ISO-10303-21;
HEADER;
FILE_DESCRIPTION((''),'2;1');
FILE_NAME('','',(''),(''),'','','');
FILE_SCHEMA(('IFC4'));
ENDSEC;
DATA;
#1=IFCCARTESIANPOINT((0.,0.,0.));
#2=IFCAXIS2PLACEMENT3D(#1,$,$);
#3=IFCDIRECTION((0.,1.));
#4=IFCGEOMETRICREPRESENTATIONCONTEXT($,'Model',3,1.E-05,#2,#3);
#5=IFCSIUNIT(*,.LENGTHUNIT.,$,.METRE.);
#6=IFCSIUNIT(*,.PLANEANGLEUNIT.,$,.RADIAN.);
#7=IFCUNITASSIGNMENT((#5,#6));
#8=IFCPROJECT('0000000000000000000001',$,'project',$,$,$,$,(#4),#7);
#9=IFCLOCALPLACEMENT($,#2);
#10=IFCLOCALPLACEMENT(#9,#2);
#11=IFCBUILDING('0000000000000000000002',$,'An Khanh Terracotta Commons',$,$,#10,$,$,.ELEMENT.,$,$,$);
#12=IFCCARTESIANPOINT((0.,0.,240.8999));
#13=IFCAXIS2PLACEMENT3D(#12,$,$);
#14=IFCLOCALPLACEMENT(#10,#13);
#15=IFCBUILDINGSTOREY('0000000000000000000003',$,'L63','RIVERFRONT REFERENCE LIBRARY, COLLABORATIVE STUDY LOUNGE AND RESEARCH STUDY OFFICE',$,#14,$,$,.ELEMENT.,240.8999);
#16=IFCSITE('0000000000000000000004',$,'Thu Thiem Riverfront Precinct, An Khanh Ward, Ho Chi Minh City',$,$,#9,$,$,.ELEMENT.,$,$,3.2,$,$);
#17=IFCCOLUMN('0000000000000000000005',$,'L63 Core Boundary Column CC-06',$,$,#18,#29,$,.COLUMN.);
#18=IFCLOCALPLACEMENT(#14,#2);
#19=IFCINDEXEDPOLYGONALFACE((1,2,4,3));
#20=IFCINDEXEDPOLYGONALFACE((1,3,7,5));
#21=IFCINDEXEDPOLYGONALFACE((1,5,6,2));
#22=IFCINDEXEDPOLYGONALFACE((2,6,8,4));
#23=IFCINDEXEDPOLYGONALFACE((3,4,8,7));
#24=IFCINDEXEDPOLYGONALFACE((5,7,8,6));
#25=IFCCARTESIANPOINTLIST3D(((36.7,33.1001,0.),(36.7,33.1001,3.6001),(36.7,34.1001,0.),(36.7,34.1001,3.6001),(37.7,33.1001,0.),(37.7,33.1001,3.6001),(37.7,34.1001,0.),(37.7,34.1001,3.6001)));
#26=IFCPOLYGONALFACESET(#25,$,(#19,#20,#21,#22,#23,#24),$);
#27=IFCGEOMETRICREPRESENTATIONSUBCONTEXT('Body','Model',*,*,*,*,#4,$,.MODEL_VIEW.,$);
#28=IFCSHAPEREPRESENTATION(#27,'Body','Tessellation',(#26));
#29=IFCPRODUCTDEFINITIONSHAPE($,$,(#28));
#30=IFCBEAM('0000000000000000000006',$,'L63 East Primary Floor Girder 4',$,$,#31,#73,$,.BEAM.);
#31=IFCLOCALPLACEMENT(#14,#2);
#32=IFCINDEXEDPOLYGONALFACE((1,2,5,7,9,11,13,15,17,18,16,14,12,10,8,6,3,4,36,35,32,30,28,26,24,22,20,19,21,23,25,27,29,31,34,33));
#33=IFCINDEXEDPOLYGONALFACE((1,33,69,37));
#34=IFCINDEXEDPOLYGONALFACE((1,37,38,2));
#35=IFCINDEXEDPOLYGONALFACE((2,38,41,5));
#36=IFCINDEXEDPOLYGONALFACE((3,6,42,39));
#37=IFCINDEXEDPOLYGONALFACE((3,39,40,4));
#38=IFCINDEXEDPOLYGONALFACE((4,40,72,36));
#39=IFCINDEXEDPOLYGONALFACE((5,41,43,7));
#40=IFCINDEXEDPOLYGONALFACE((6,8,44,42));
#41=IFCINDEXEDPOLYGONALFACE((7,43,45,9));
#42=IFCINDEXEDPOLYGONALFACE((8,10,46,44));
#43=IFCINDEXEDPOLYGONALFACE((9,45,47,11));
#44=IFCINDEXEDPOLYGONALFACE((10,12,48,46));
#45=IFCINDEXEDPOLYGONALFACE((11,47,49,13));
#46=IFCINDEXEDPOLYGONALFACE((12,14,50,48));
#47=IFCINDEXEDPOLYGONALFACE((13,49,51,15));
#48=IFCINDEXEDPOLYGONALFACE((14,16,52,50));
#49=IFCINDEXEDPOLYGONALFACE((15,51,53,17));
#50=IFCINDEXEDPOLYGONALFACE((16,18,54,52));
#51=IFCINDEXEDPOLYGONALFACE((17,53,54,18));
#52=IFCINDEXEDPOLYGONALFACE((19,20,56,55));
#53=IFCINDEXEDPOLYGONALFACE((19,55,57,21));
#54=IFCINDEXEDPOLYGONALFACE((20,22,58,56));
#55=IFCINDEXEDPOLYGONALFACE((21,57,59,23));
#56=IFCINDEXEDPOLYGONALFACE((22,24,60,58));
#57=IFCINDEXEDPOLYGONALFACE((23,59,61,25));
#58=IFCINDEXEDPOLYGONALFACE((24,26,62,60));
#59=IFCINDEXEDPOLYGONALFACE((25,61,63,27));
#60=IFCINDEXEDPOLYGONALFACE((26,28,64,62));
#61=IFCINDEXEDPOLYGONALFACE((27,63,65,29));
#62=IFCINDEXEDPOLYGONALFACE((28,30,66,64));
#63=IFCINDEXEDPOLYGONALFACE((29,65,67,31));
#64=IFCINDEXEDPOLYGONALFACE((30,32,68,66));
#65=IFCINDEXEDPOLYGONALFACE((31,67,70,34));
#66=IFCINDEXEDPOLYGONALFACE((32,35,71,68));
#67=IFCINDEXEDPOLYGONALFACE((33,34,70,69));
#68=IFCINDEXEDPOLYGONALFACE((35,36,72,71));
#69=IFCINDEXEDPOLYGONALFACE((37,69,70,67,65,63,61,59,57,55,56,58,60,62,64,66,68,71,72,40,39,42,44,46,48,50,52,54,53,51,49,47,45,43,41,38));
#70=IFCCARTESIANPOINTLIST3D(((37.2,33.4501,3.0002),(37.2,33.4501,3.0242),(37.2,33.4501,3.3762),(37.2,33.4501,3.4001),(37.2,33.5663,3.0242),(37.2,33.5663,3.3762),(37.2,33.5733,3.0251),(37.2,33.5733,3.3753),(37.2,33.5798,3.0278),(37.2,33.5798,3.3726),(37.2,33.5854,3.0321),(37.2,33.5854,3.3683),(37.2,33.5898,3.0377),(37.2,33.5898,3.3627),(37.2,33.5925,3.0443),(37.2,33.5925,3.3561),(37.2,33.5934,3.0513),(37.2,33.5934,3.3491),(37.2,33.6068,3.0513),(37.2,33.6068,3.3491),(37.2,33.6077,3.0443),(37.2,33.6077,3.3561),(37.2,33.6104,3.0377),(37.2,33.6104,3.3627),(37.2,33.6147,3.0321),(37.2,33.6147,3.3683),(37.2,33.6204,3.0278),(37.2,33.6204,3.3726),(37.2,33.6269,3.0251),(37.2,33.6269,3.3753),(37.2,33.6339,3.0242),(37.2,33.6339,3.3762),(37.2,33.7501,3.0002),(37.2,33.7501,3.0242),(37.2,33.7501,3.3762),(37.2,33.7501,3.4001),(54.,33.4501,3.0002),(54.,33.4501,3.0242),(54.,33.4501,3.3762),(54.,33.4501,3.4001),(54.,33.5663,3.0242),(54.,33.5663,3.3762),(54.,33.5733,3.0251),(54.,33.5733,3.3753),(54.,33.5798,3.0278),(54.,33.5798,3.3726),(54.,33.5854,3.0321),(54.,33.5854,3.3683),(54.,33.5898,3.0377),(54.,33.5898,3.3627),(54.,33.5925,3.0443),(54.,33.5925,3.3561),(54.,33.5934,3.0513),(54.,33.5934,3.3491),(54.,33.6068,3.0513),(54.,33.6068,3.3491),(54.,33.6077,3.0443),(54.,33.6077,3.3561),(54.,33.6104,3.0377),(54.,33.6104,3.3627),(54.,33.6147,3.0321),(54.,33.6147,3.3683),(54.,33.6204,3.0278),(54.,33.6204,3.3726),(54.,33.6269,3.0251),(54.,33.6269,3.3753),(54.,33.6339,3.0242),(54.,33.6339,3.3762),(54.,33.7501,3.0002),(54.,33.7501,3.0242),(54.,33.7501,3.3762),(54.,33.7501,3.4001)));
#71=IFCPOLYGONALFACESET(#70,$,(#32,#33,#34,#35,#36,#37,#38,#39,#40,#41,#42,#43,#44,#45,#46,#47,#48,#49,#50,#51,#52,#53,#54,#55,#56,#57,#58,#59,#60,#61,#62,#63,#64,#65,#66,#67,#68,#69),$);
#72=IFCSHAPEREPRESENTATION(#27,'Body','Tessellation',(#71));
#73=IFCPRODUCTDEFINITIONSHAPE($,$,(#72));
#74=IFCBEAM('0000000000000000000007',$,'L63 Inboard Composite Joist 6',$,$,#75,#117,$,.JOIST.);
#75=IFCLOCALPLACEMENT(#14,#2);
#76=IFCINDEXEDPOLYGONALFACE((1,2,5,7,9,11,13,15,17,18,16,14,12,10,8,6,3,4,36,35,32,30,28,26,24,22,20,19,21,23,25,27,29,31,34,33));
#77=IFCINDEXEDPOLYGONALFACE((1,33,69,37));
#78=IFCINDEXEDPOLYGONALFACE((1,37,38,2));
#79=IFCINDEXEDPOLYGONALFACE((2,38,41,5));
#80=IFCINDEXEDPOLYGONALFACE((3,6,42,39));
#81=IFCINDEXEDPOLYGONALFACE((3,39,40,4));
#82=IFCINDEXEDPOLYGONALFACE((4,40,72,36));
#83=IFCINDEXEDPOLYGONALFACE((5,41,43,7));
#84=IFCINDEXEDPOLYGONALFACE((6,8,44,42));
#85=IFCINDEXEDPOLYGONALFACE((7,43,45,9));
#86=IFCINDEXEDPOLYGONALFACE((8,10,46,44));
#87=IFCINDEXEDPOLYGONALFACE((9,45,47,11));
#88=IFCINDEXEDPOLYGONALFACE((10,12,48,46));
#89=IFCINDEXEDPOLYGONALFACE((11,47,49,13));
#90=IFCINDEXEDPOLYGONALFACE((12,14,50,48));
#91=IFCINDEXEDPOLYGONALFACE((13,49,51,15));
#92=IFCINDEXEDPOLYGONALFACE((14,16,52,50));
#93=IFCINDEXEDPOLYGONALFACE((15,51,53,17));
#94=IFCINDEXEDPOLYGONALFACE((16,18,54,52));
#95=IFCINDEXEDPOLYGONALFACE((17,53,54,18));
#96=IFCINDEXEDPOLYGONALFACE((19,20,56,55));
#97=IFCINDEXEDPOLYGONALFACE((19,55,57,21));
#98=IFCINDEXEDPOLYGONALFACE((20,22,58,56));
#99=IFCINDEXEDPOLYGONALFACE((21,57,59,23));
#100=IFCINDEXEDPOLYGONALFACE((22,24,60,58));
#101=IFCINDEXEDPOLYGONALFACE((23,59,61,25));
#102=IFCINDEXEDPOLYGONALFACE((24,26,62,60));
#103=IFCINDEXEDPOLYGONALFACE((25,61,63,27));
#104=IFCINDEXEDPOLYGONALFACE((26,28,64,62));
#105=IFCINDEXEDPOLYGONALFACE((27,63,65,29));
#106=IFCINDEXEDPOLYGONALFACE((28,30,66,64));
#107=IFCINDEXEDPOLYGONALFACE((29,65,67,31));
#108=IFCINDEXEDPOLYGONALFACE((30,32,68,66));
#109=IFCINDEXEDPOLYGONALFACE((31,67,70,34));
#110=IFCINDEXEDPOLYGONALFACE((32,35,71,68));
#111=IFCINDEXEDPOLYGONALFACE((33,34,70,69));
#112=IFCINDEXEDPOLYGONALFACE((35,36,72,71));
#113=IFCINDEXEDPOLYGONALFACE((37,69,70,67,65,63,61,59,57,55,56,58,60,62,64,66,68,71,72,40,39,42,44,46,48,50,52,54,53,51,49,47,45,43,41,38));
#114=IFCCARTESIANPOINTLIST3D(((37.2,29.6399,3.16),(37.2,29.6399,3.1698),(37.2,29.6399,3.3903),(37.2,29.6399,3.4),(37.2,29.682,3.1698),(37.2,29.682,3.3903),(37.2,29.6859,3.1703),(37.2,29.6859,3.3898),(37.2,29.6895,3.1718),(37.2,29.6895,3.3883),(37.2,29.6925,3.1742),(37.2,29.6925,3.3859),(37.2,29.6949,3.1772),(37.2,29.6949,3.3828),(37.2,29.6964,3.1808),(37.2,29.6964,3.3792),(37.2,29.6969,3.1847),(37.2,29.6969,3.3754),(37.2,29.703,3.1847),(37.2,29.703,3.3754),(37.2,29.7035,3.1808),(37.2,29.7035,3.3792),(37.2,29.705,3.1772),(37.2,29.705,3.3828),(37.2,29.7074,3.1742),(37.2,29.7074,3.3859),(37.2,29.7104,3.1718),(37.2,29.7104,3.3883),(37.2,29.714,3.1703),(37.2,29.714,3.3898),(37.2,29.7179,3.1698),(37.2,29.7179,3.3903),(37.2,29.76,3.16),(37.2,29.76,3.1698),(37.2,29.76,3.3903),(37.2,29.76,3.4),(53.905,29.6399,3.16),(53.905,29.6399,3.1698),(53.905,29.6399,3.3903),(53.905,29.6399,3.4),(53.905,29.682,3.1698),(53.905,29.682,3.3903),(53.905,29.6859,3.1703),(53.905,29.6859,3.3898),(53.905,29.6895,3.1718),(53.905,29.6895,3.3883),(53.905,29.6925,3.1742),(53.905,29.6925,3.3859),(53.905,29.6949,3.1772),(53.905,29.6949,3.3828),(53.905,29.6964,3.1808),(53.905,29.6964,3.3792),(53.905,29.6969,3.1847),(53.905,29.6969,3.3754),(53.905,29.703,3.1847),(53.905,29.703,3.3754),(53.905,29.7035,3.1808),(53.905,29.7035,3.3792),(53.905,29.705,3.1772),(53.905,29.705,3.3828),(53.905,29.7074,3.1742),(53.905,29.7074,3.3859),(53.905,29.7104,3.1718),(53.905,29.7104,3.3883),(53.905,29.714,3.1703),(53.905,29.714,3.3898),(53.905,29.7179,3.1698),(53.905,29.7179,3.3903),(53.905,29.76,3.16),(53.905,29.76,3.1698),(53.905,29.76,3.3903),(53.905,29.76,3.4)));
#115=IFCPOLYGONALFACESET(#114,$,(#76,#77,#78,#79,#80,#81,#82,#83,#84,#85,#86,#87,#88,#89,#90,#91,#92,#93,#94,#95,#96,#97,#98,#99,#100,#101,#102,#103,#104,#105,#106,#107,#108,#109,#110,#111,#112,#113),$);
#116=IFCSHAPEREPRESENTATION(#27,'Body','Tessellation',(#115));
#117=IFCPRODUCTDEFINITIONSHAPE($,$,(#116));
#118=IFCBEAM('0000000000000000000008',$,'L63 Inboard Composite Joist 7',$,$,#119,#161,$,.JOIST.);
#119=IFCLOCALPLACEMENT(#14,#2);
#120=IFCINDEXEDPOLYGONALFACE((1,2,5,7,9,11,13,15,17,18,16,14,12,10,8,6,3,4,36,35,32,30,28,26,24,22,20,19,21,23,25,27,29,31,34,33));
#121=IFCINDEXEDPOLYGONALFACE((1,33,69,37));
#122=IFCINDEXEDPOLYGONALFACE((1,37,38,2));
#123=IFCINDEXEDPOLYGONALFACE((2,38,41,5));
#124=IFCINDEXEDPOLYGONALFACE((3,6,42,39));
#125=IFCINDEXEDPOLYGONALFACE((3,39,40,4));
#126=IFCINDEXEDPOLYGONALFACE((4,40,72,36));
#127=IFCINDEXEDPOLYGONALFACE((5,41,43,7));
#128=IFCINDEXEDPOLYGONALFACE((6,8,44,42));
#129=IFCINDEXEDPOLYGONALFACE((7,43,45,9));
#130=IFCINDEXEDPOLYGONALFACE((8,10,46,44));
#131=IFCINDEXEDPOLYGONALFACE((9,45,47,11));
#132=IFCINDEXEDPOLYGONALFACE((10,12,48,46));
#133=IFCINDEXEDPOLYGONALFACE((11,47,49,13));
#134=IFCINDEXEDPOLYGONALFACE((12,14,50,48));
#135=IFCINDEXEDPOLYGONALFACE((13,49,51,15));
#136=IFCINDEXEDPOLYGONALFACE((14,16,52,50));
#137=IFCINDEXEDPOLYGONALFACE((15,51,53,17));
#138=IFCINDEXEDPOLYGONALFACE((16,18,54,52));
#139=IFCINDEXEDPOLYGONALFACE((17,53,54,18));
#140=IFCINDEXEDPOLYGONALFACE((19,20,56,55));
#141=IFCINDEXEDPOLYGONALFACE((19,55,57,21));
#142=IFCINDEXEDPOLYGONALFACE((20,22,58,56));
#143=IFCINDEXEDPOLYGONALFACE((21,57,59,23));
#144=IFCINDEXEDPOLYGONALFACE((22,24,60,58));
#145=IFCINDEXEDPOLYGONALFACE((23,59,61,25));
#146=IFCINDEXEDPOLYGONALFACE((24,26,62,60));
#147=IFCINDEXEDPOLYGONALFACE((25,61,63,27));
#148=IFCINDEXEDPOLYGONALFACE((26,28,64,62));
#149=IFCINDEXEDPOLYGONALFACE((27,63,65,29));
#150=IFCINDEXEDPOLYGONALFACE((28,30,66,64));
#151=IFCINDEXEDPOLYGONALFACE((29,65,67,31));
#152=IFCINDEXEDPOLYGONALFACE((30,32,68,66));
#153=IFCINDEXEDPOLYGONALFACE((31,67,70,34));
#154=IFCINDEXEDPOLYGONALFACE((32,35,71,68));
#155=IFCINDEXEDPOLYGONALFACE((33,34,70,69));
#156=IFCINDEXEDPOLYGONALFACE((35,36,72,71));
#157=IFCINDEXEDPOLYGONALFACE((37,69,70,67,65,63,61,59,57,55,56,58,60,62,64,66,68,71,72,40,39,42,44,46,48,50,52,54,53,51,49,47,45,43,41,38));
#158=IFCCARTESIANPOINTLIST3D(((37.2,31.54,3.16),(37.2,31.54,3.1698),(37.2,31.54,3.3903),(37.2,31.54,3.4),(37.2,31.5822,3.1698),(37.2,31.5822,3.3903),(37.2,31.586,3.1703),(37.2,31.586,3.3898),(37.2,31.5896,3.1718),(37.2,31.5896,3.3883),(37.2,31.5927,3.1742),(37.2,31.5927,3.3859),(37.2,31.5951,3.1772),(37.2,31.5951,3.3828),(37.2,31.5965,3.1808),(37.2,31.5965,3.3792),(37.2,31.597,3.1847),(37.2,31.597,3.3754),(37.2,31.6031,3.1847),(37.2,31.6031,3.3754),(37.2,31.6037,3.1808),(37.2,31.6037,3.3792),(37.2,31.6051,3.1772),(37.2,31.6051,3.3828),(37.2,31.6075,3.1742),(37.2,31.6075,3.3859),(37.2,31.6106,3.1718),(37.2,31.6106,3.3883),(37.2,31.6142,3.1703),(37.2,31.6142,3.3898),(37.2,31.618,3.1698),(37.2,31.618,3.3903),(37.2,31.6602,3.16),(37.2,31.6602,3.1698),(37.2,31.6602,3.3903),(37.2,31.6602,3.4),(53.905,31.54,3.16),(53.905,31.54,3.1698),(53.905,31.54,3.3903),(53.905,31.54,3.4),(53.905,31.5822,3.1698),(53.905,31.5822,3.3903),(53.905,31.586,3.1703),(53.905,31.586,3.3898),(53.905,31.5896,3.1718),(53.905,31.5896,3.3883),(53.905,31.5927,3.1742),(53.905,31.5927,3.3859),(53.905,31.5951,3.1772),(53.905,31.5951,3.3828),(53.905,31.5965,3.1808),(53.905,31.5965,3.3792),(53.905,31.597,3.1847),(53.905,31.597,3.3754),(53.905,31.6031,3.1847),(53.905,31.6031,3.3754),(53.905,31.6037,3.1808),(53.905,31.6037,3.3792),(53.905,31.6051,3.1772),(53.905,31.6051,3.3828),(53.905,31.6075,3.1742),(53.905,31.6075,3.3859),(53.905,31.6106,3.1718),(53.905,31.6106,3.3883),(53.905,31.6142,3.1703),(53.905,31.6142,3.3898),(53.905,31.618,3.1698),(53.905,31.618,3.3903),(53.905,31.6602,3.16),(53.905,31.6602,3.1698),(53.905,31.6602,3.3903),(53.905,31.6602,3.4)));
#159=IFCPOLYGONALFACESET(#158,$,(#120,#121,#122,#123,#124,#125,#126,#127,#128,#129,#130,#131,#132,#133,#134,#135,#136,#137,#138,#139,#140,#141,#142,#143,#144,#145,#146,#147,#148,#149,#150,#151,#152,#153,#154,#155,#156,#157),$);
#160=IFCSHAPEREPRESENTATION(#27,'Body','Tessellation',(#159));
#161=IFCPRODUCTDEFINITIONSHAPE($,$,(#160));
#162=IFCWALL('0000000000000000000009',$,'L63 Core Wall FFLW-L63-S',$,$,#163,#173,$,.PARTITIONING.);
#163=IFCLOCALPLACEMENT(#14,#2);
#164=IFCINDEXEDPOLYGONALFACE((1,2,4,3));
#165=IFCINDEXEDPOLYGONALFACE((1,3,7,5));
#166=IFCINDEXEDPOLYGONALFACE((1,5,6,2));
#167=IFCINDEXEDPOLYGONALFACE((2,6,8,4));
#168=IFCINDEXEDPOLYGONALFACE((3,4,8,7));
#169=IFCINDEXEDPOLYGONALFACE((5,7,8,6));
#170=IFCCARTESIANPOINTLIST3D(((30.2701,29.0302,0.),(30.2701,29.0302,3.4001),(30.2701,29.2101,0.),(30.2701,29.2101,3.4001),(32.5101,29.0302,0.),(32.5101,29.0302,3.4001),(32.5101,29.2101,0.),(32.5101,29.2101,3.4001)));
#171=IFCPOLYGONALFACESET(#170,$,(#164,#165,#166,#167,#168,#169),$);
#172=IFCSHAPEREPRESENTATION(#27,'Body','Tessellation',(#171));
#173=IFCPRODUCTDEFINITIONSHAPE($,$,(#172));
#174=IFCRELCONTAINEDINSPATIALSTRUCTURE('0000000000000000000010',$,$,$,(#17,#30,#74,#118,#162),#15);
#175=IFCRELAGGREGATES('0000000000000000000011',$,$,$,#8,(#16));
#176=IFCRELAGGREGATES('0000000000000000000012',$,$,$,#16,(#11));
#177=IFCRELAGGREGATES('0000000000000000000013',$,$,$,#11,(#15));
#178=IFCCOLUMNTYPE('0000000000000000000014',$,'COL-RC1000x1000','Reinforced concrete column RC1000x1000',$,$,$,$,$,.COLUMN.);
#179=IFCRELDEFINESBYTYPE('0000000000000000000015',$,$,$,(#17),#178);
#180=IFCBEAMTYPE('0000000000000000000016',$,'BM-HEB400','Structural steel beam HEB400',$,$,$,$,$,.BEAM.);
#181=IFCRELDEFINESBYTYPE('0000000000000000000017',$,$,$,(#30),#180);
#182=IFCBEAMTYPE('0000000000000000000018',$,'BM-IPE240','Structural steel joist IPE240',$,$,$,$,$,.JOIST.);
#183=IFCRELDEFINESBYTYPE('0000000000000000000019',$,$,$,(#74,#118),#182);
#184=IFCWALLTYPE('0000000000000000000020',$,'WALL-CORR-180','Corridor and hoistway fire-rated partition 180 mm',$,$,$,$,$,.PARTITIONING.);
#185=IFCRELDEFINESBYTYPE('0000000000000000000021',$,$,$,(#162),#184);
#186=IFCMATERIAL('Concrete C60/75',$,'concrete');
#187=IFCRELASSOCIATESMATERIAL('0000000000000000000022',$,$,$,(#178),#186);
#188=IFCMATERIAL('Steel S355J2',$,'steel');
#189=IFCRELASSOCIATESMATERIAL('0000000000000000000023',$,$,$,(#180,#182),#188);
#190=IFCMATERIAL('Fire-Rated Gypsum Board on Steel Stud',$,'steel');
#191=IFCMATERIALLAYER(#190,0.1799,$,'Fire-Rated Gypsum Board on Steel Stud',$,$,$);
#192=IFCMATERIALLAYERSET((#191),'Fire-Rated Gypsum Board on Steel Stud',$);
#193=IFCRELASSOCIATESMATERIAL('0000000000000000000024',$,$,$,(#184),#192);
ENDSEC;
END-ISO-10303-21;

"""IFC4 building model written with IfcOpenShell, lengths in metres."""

from ifc_helpers import new_model, si_unit, direction, frame, frame_2d, origin, origin_2d, place, context, subcontext, project, spatial, rectangle, i_section, extrude, material, layer, layer_set, material_profile, profile_set, type_object, element, save


model = new_model("IFC4")

# Units and contexts
model_context = context("Model", 3, precision=1e-05, world=origin(), true_north=direction((0.0, 1.0)))
body_context = subcontext(model_context, "Body", "Model", "MODEL_VIEW")
ifc_project = project(units=[si_unit("LENGTHUNIT", "METRE"), si_unit("PLANEANGLEUNIT", "RADIAN")], contexts=[model_context])

# Site, building, storey
site_placement = place(None, origin())
site = spatial("IfcSite", under=ifc_project, at=site_placement, Name="Thu Thiem Riverfront Precinct, An Khanh Ward, Ho Chi Minh City", CompositionType="ELEMENT", RefElevation=3.2)
building_placement = place(site_placement, origin())
building = spatial("IfcBuilding", under=site, at=building_placement, Name="An Khanh Terracotta Commons", CompositionType="ELEMENT")
storey_placement = place(building_placement, frame((0.0, 0.0, 240.8999)))
storey = spatial("IfcBuildingStorey", under=building, at=storey_placement, Name="L63", Description="RIVERFRONT REFERENCE LIBRARY, COLLABORATIVE STUDY LOUNGE AND RESEARCH STUDY OFFICE", CompositionType="ELEMENT", Elevation=240.8999)

# Column
ifc_material_1 = material(Name="Concrete C60/75", Category="concrete")
ifc_material_profile_1 = material_profile(ifc_material_1, rectangle(XDim=1.0, YDim=1.0, at=origin_2d()), Name="RC1000x1000")
ifc_profile_set_1 = profile_set([ifc_material_profile_1], Name="Concrete C60/75")
column_type = type_object("IfcColumnType", Name="COL-RC1000x1000", Description="Reinforced concrete column RC1000x1000", PredefinedType="COLUMN", material=ifc_profile_set_1)
column_placement = place(storey_placement, frame((37.2, 33.6001, 0.0), z_axis=(0.0, 0.0, 1.0), x_axis=(1.0, 0.0, 0.0)))
element("IfcColumn", 1, at=column_placement, inside=storey, type_object=column_type, Name="L63 Core Boundary Column CC-06", PredefinedType="COLUMN", context=body_context, shape_type="SweptSolid", body=[
    extrude(rectangle(XDim=1.0, YDim=1.0, at=origin_2d()), origin(), (0.0, 0.0, 1.0), 3.6001),
])

# Beams
ifc_material_2 = material(Name="Steel S355J2", Category="steel")
ifc_material_profile_2 = material_profile(ifc_material_2, i_section(OverallWidth=0.3, OverallDepth=0.3999, WebThickness=0.0134, FlangeThickness=0.0239, FilletRadius=0.0271, at=origin_2d()), Name="HEB400")
ifc_profile_set_2 = profile_set([ifc_material_profile_2], Name="Steel S355J2")
beam_type_1 = type_object("IfcBeamType", Name="BM-HEB400", Description="Structural steel beam HEB400", PredefinedType="BEAM", material=ifc_profile_set_2)
beam_placement = place(storey_placement, frame((37.2, 33.6001, 3.2002), z_axis=(1.0, 0.0, 0.0), x_axis=(0.0, 1.0, 0.0)))
element("IfcBeam", 2, at=beam_placement, inside=storey, type_object=beam_type_1, Name="L63 East Primary Floor Girder 4", PredefinedType="BEAM", context=body_context, shape_type="SweptSolid", body=[
    extrude(i_section(OverallWidth=0.3, OverallDepth=0.3999, WebThickness=0.0134, FlangeThickness=0.0239, FilletRadius=0.0271, at=origin_2d()), origin(), (0.0, 0.0, 1.0), 16.8),
])
ifc_material_profile_3 = material_profile(ifc_material_2, i_section(OverallWidth=0.1201, OverallDepth=0.24, WebThickness=0.0061, FlangeThickness=0.0098, FilletRadius=0.0149, at=origin_2d()), Name="IPE240")
ifc_profile_set_3 = profile_set([ifc_material_profile_3], Name="Steel S355J2")
beam_type_2 = type_object("IfcBeamType", Name="BM-IPE240", Description="Structural steel joist IPE240", PredefinedType="JOIST", material=ifc_profile_set_3)
for number, where, z_axis, x_axis, name in (
    (3, (37.2, 29.7, 3.28), (1.0, 0.0, 0.0), (0.0, 1.0, 0.0), "L63 Inboard Composite Joist 6"),
    (4, (37.2, 31.6001, 3.28), (1.0, 0.0, 0.0), (0.0, 1.0, 0.0), "L63 Inboard Composite Joist 7"),
):
    element("IfcBeam", number, at=place(storey_placement, frame(where, z_axis=z_axis, x_axis=x_axis)), inside=storey, type_object=beam_type_2, Name=name, PredefinedType="JOIST", context=body_context, shape_type="SweptSolid", body=[
        extrude(i_section(OverallWidth=0.1201, OverallDepth=0.24, WebThickness=0.0061, FlangeThickness=0.0098, FilletRadius=0.0149, at=origin_2d()), origin(), (0.0, 0.0, 1.0), 16.7051),
    ])

# Wall
ifc_material_3 = material(Name="Fire-Rated Gypsum Board on Steel Stud", Category="steel")
ifc_layer_1 = layer(ifc_material_3, 0.1799, Name="Fire-Rated Gypsum Board on Steel Stud")
ifc_layer_set_1 = layer_set([ifc_layer_1], Name="Fire-Rated Gypsum Board on Steel Stud")
wall_type_1 = type_object("IfcWallType", Name="WALL-CORR-180", Description="Corridor and hoistway fire-rated partition 180 mm", PredefinedType="PARTITIONING", material=ifc_layer_set_1)
wall_1_placement = place(storey_placement, frame((30.27, 29.1201, 0.0), z_axis=(0.0, 0.0, 1.0), x_axis=(1.0, 0.0, 0.0)))
element("IfcWall", 5, at=wall_1_placement, inside=storey, type_object=wall_type_1, Name="L63 Core Wall FFLW-L63-S", PredefinedType="PARTITIONING", context=body_context, shape_type="SweptSolid", body=[
    extrude(rectangle(XDim=2.24, YDim=0.1799, at=frame_2d((1.1201, 0.0))), origin(), (0.0, 0.0, 1.0), 3.4001),
])

save(model, "model.ifc")
